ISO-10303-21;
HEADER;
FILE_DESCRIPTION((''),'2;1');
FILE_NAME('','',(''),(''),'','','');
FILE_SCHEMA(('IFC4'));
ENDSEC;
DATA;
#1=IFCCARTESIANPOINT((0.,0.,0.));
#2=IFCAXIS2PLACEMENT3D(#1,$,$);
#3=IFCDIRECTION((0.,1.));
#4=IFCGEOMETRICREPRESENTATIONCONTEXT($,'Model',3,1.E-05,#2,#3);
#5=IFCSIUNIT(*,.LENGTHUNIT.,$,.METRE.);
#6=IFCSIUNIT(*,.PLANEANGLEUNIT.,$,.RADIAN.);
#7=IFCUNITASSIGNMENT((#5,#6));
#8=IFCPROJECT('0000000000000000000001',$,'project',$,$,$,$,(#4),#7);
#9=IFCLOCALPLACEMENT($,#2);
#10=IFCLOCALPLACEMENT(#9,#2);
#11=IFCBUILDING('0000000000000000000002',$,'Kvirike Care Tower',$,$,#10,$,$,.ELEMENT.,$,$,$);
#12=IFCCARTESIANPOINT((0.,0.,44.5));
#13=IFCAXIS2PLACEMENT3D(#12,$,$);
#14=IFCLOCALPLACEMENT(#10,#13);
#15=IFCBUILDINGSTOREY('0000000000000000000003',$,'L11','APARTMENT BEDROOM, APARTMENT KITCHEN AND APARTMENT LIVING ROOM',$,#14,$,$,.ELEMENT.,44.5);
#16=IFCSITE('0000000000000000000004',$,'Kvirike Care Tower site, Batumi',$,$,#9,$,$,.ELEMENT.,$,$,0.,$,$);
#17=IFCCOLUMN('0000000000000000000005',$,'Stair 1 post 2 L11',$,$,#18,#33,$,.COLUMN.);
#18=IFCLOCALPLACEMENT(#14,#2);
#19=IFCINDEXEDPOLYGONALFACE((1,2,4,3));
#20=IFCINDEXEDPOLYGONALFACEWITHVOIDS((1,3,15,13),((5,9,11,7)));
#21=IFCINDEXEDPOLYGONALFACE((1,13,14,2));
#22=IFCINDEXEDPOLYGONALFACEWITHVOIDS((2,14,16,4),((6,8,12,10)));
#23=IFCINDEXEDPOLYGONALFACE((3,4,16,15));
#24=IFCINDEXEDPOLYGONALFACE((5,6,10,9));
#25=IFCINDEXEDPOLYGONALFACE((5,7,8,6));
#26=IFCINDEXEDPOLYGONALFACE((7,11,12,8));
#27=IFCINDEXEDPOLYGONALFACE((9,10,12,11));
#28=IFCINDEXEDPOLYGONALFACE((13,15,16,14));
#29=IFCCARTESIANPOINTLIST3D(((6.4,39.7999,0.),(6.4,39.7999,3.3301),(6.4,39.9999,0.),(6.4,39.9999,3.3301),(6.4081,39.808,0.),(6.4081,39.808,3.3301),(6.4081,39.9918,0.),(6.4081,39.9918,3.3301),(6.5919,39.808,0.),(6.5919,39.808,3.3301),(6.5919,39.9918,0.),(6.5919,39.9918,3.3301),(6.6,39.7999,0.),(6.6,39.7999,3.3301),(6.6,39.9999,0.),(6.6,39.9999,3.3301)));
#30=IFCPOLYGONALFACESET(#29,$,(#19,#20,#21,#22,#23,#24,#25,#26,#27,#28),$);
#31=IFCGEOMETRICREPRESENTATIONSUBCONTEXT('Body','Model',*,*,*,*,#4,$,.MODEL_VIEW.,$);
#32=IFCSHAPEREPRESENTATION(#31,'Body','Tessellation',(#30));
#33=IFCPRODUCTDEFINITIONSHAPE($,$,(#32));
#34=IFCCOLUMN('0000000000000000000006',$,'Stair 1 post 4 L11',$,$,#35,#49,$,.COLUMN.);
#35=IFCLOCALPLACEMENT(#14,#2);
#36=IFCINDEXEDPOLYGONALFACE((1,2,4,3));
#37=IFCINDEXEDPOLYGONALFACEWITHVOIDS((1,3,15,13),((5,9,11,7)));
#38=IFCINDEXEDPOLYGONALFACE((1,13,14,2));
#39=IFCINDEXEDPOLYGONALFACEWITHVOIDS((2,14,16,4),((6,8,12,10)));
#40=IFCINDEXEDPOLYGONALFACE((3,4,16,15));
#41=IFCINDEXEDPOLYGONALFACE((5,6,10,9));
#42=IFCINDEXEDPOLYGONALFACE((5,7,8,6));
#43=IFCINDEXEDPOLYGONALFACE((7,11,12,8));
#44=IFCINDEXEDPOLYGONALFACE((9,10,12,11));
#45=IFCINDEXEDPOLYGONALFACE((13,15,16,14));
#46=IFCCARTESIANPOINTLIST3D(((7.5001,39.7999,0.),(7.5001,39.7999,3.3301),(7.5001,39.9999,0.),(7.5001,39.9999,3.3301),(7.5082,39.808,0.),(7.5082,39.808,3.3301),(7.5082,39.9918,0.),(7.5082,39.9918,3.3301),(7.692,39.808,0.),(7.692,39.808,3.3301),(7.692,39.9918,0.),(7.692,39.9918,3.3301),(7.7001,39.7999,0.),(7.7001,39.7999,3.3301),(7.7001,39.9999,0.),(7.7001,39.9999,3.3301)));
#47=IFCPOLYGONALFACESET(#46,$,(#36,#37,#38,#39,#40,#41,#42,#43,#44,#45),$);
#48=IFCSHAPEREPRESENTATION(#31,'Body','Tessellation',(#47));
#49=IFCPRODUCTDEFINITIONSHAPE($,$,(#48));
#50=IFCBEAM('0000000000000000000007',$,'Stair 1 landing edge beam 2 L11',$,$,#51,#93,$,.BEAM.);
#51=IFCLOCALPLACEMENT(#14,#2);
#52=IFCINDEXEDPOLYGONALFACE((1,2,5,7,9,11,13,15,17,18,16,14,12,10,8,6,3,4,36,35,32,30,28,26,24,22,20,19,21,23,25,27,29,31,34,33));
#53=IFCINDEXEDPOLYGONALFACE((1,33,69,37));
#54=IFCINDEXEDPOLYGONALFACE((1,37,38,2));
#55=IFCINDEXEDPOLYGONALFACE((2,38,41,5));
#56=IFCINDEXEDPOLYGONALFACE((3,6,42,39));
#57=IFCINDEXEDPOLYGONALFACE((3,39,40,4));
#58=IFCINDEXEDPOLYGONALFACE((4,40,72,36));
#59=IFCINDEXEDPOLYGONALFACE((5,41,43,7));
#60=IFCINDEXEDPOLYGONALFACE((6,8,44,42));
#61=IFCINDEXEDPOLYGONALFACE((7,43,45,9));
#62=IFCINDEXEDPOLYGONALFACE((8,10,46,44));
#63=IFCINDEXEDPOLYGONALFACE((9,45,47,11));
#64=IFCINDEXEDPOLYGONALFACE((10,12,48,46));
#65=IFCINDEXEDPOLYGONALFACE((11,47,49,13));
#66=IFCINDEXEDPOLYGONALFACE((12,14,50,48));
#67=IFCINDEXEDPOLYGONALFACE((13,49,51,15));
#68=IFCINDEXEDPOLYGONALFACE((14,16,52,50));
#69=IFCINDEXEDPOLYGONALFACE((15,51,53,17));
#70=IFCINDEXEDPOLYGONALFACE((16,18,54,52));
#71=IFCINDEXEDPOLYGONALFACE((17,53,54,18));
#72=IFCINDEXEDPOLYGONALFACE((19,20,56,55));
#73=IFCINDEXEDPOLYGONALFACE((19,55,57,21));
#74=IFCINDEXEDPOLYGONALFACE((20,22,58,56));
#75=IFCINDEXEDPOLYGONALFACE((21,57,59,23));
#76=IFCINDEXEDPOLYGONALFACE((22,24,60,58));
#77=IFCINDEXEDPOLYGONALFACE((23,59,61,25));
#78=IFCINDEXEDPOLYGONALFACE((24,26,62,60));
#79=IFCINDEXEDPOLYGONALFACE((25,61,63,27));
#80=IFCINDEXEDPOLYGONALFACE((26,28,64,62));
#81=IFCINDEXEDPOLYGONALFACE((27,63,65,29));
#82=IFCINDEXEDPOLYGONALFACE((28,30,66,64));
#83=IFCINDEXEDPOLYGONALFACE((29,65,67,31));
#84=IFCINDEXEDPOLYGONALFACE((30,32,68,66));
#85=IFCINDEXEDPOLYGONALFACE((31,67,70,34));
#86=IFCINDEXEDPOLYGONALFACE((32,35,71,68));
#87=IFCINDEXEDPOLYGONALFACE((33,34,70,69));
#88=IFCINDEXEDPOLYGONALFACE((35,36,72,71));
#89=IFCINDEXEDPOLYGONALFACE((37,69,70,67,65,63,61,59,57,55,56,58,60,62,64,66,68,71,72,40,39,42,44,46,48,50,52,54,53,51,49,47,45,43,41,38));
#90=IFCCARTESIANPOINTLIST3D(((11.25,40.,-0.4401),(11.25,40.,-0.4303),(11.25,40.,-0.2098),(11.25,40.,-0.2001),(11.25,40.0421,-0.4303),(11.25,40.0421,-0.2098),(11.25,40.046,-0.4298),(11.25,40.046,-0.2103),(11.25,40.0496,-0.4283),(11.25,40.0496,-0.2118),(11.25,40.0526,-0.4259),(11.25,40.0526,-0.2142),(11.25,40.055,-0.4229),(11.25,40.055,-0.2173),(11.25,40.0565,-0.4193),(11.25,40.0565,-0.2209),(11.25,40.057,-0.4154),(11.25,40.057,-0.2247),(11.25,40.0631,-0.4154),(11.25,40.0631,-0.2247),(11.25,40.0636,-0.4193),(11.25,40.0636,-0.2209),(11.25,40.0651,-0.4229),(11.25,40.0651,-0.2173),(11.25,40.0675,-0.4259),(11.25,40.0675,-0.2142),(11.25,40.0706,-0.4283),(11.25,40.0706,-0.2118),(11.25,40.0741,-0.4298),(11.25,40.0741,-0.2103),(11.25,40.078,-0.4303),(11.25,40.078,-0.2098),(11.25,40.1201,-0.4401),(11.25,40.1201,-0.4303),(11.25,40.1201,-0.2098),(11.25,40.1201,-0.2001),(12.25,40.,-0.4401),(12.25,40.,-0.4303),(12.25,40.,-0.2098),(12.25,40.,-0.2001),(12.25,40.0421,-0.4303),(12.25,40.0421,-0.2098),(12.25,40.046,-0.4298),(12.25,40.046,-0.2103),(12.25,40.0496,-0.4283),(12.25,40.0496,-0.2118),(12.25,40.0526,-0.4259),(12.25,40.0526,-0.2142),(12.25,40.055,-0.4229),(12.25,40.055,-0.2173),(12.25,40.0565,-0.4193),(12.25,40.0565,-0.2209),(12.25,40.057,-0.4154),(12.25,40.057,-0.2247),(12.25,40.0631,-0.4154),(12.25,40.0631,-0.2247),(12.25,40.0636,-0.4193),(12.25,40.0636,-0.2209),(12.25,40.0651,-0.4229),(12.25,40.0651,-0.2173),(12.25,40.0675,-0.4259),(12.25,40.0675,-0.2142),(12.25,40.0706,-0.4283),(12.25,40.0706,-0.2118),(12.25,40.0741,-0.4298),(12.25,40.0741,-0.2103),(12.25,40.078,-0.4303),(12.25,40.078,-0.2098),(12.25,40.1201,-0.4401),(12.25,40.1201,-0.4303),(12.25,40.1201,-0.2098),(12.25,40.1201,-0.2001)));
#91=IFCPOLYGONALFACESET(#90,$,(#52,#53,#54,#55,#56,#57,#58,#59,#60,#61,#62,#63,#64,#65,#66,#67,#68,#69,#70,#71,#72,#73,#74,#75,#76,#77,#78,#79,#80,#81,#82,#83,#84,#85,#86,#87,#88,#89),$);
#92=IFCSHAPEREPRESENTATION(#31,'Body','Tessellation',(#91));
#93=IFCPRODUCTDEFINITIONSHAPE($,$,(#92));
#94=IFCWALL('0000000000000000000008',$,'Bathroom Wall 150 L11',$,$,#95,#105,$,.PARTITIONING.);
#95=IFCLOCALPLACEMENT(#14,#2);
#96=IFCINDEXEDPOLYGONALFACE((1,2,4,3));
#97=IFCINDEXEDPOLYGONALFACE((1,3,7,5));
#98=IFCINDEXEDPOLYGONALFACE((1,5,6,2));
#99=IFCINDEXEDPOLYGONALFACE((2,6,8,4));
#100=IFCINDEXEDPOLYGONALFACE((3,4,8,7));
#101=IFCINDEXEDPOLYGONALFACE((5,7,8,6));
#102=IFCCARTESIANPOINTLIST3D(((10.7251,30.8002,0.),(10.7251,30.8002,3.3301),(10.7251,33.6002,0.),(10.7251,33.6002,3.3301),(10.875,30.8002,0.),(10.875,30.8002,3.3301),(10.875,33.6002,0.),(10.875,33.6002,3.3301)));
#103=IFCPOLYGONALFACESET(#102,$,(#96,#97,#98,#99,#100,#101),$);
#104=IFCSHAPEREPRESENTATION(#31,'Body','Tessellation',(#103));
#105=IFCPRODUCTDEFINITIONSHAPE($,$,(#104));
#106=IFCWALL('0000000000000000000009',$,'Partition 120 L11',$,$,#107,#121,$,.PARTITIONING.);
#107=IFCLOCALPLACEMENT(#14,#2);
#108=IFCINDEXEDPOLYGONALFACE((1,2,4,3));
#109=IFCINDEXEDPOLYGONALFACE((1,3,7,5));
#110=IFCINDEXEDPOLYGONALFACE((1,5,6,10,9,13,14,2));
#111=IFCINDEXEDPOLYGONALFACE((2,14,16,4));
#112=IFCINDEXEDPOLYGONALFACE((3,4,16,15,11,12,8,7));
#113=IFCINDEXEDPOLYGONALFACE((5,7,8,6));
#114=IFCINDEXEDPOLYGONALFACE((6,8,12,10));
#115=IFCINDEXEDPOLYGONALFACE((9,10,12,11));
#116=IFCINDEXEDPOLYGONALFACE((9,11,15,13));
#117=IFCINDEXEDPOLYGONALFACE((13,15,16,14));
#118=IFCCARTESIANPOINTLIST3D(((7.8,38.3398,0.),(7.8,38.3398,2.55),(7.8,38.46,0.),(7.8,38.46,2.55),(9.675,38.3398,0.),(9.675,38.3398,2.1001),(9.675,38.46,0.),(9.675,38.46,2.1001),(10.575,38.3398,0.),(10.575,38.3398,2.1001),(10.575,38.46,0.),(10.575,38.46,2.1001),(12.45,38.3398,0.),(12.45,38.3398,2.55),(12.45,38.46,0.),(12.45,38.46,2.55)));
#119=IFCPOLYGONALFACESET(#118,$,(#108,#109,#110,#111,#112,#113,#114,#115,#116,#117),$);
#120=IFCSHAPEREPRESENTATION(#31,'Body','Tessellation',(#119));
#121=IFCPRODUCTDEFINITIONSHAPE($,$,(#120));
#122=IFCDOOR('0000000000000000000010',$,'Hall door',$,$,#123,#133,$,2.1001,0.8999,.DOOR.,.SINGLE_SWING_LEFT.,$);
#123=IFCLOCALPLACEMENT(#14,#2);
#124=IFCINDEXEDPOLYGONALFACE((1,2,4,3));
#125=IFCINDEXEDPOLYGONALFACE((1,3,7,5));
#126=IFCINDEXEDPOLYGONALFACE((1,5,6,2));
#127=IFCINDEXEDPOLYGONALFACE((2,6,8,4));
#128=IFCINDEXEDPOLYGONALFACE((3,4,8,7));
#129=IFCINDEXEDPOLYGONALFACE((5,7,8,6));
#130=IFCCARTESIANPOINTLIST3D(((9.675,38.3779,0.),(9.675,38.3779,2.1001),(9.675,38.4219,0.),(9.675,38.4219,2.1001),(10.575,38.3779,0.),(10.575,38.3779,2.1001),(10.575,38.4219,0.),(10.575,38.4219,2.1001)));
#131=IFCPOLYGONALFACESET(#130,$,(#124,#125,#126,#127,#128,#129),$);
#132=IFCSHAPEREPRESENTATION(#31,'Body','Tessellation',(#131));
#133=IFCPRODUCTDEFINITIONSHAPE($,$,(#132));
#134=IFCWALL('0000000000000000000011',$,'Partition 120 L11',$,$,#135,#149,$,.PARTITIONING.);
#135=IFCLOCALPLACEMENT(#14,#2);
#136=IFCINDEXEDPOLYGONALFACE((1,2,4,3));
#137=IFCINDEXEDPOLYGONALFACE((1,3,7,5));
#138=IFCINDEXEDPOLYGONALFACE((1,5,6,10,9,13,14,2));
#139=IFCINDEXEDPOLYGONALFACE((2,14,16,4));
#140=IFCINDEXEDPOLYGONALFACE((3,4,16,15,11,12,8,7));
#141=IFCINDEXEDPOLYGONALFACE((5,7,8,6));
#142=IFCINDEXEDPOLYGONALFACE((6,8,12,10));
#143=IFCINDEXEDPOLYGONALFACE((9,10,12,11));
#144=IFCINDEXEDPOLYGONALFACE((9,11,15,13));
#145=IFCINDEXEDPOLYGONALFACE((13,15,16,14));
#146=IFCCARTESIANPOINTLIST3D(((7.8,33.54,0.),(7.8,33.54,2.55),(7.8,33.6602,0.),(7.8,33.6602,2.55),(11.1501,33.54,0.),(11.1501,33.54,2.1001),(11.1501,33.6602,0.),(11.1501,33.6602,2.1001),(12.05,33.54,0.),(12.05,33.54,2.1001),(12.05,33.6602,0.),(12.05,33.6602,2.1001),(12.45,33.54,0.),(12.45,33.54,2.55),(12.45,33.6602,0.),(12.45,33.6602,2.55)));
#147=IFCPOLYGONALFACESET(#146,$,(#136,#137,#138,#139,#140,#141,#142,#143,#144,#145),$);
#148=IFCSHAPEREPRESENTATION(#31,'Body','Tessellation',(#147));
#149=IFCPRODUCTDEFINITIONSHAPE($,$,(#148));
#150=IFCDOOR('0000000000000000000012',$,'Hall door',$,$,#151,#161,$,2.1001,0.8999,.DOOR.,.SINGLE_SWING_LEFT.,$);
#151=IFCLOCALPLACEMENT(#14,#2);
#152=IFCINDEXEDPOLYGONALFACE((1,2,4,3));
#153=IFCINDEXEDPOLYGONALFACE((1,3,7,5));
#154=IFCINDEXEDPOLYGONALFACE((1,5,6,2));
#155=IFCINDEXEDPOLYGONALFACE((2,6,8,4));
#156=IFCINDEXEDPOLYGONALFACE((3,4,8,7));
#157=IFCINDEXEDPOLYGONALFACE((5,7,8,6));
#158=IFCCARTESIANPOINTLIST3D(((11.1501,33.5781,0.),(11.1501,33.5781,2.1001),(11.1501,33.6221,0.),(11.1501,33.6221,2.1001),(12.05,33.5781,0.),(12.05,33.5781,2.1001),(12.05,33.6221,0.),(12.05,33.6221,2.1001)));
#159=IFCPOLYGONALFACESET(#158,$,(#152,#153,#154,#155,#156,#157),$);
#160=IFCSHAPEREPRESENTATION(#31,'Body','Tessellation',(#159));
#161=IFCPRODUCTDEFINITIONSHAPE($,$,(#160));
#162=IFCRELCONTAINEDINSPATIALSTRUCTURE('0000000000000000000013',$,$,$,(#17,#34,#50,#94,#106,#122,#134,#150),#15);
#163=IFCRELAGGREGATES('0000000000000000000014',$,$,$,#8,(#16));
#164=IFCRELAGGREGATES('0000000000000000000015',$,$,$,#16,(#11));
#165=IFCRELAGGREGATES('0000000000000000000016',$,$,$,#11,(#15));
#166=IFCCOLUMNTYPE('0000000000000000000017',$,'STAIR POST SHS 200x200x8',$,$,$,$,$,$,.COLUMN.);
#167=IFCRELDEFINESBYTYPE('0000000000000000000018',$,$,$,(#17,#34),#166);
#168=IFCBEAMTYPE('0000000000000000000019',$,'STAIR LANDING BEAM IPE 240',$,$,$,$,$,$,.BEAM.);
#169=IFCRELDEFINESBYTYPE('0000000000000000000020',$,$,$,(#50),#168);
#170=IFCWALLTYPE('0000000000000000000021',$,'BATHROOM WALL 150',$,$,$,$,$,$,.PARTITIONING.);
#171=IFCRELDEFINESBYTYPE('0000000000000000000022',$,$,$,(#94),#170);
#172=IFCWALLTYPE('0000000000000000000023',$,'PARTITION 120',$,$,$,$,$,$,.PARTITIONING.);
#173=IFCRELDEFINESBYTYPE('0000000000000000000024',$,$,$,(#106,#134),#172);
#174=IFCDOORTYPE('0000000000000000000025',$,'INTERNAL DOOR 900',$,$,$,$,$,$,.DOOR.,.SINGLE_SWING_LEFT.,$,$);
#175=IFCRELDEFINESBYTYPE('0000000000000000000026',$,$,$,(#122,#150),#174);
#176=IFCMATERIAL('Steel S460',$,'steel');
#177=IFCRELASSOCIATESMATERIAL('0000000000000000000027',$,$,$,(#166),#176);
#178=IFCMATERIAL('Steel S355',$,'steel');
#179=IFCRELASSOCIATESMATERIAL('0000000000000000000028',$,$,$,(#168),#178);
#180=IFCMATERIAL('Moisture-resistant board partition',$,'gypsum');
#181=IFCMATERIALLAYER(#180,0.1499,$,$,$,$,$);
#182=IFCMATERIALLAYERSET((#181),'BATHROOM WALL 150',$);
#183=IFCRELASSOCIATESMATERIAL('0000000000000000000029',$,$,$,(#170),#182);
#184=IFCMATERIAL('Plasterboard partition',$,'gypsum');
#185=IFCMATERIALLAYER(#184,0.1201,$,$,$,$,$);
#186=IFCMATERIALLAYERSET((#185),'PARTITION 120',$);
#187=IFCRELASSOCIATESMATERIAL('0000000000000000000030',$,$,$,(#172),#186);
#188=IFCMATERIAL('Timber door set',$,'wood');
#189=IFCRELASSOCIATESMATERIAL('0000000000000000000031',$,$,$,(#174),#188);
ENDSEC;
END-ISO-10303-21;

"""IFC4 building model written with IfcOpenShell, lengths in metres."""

from ifc_helpers import new_model, si_unit, direction, frame, frame_2d, origin, origin_2d, place, context, subcontext, project, spatial, rectangle, hollow_rectangle, i_section, extrude, material, layer, layer_set, material_profile, profile_set, type_object, element, fill, save


model = new_model("IFC4")

# Units and contexts
model_context = context("Model", 3, precision=1e-05, world=origin(), true_north=direction((0.0, 1.0)))
body_context = subcontext(model_context, "Body", "Model", "MODEL_VIEW")
ifc_project = project(units=[si_unit("LENGTHUNIT", "METRE"), si_unit("PLANEANGLEUNIT", "RADIAN")], contexts=[model_context])

# Site, building, storey
site_placement = place(None, origin())
site = spatial("IfcSite", under=ifc_project, at=site_placement, Name="Kvirike Care Tower site, Batumi", CompositionType="ELEMENT", RefElevation=0.0)
building_placement = place(site_placement, origin())
building = spatial("IfcBuilding", under=site, at=building_placement, Name="Kvirike Care Tower", CompositionType="ELEMENT")
storey_placement = place(building_placement, frame((0.0, 0.0, 44.5)))
storey = spatial("IfcBuildingStorey", under=building, at=storey_placement, Name="L11", Description="APARTMENT BEDROOM, APARTMENT KITCHEN AND APARTMENT LIVING ROOM", CompositionType="ELEMENT", Elevation=44.5)

# Columns
ifc_material_1 = material(Name="Steel S460", Category="steel")
ifc_material_profile_1 = material_profile(ifc_material_1, hollow_rectangle(XDim=0.2, YDim=0.2, WallThickness=0.0081, at=origin_2d()), Name="SHS 200x200x8")
ifc_profile_set_1 = profile_set([ifc_material_profile_1], Name="Steel S460")
column_type = type_object("IfcColumnType", Name="STAIR POST SHS 200x200x8", PredefinedType="COLUMN", material=ifc_profile_set_1)
for number, where, z_axis, x_axis, name in (
    (1, (6.5, 39.8999, 0.0), (0.0, 0.0, 1.0), (1.0, 0.0, 0.0), "Stair 1 post 2 L11"),
    (2, (7.6001, 39.8999, 0.0), (0.0, 0.0, 1.0), (1.0, 0.0, 0.0), "Stair 1 post 4 L11"),
):
    element("IfcColumn", number, at=place(storey_placement, frame(where, z_axis=z_axis, x_axis=x_axis)), inside=storey, type_object=column_type, Name=name, PredefinedType="COLUMN", context=body_context, shape_type="SweptSolid", body=[
        extrude(hollow_rectangle(XDim=0.2, YDim=0.2, WallThickness=0.0081, at=origin_2d()), origin(), (0.0, 0.0, 1.0), 3.3301),
    ])

# Beam
ifc_material_2 = material(Name="Steel S355", Category="steel")
ifc_material_profile_2 = material_profile(ifc_material_2, i_section(OverallWidth=0.1201, OverallDepth=0.24, WebThickness=0.0061, FlangeThickness=0.0098, FilletRadius=0.0149, at=origin_2d()), Name="IPE 240")
ifc_profile_set_2 = profile_set([ifc_material_profile_2], Name="Steel S355")
beam_type = type_object("IfcBeamType", Name="STAIR LANDING BEAM IPE 240", PredefinedType="BEAM", material=ifc_profile_set_2)
beam_placement = place(storey_placement, frame((11.25, 40.0601, -0.3201), z_axis=(1.0, 0.0, 0.0), x_axis=(0.0, 1.0, 0.0)))
element("IfcBeam", 3, at=beam_placement, inside=storey, type_object=beam_type, Name="Stair 1 landing edge beam 2 L11", PredefinedType="BEAM", context=body_context, shape_type="SweptSolid", body=[
    extrude(i_section(OverallWidth=0.1201, OverallDepth=0.24, WebThickness=0.0061, FlangeThickness=0.0098, FilletRadius=0.0149, at=origin_2d()), origin(), (0.0, 0.0, 1.0), 1.0),
])

# Wall
ifc_material_3 = material(Name="Moisture-resistant board partition", Category="gypsum")
ifc_layer_1 = layer(ifc_material_3, 0.1499)
ifc_layer_set_1 = layer_set([ifc_layer_1], Name="BATHROOM WALL 150")
wall_type_1 = type_object("IfcWallType", Name="BATHROOM WALL 150", PredefinedType="PARTITIONING", material=ifc_layer_set_1)
wall_1_placement = place(storey_placement, frame((10.8, 33.6001, 0.0), z_axis=(0.0, 0.0, 1.0), x_axis=(0.0, -1.0, 0.0)))
element("IfcWall", 4, at=wall_1_placement, inside=storey, type_object=wall_type_1, Name="Bathroom Wall 150 L11", PredefinedType="PARTITIONING", context=body_context, shape_type="SweptSolid", body=[
    extrude(rectangle(XDim=2.8, YDim=0.1499, at=frame_2d((1.3999, 0.0))), origin(), (0.0, 0.0, 1.0), 3.3301),
])

# Walls, openings, doors
ifc_material_4 = material(Name="Plasterboard partition", Category="gypsum")
ifc_layer_2 = layer(ifc_material_4, 0.1201)
ifc_layer_set_2 = layer_set([ifc_layer_2], Name="PARTITION 120")
wall_type_2 = type_object("IfcWallType", Name="PARTITION 120", PredefinedType="PARTITIONING", material=ifc_layer_set_2)
wall_2_placement = place(storey_placement, frame((7.8, 38.3999, 0.0), z_axis=(0.0, 0.0, 1.0), x_axis=(1.0, 0.0, 0.0)))
wall_2 = element("IfcWall", 5, at=wall_2_placement, inside=storey, type_object=wall_type_2, Name="Partition 120 L11", PredefinedType="PARTITIONING", context=body_context, shape_type="SweptSolid", body=[
    extrude(rectangle(XDim=4.6499, YDim=0.1201, at=frame_2d((2.325, 0.0))), origin(), (0.0, 0.0, 1.0), 2.55),
])
opening_1_placement = place(wall_2_placement, frame((1.875, 0.0, 0.0)))
opening_1 = element("IfcOpeningElement", 6, at=opening_1_placement, cuts=wall_2, PredefinedType="OPENING", context=body_context, shape_type="SweptSolid", body=[
    extrude(rectangle(XDim=0.8999, YDim=2.1001, at=frame_2d((0.45, 1.05))), frame((0.0, 0.0706, 0.0), z_axis=(0.0, -1.0, 0.0), x_axis=(1.0, 0.0, 0.0)), (0.0, 0.0, 1.0), 0.1411),
])
ifc_material_5 = material(Name="Timber door set", Category="wood")
door_type_1 = type_object("IfcDoorType", Name="INTERNAL DOOR 900", OperationType="SINGLE_SWING_LEFT", PredefinedType="DOOR", material=ifc_material_5)
door_1_placement = place(opening_1_placement, origin())
door_1 = element("IfcDoor", 7, at=door_1_placement, inside=storey, type_object=door_type_1, Name="Hall door", OperationType="SINGLE_SWING_LEFT", OverallHeight=2.1001, OverallWidth=0.8999, PredefinedType="DOOR", context=body_context, shape_type="SweptSolid", body=[
    extrude(rectangle(XDim=0.8999, YDim=2.1001, at=frame_2d((0.45, 1.05))), frame((0.0, 0.022, 0.0), z_axis=(0.0, -1.0, 0.0), x_axis=(1.0, 0.0, 0.0)), (0.0, 0.0, 1.0), 0.0439),
])
fill(opening_1, door_1)
wall_3_placement = place(storey_placement, frame((7.8, 33.6001, 0.0), z_axis=(0.0, 0.0, 1.0), x_axis=(1.0, 0.0, 0.0)))
wall_3 = element("IfcWall", 8, at=wall_3_placement, inside=storey, type_object=wall_type_2, Name="Partition 120 L11", PredefinedType="PARTITIONING", context=body_context, shape_type="SweptSolid", body=[
    extrude(rectangle(XDim=4.6499, YDim=0.1201, at=frame_2d((2.325, 0.0))), origin(), (0.0, 0.0, 1.0), 2.55),
])
opening_2_placement = place(wall_3_placement, frame((3.3501, 0.0, 0.0)))
opening_2 = element("IfcOpeningElement", 9, at=opening_2_placement, cuts=wall_3, PredefinedType="OPENING", context=body_context, shape_type="SweptSolid", body=[
    extrude(rectangle(XDim=0.8999, YDim=2.1001, at=frame_2d((0.45, 1.05))), frame((0.0, 0.0706, 0.0), z_axis=(0.0, -1.0, 0.0), x_axis=(1.0, 0.0, 0.0)), (0.0, 0.0, 1.0), 0.1411),
])
door_2_placement = place(opening_2_placement, origin())
door_2 = element("IfcDoor", 10, at=door_2_placement, inside=storey, type_object=door_type_1, Name="Hall door", OperationType="SINGLE_SWING_LEFT", OverallHeight=2.1001, OverallWidth=0.8999, PredefinedType="DOOR", context=body_context, shape_type="SweptSolid", body=[
    extrude(rectangle(XDim=0.8999, YDim=2.1001, at=frame_2d((0.45, 1.05))), frame((0.0, 0.022, 0.0), z_axis=(0.0, -1.0, 0.0), x_axis=(1.0, 0.0, 0.0)), (0.0, 0.0, 1.0), 0.0439),
])
fill(opening_2, door_2)

save(model, "model.ifc")
